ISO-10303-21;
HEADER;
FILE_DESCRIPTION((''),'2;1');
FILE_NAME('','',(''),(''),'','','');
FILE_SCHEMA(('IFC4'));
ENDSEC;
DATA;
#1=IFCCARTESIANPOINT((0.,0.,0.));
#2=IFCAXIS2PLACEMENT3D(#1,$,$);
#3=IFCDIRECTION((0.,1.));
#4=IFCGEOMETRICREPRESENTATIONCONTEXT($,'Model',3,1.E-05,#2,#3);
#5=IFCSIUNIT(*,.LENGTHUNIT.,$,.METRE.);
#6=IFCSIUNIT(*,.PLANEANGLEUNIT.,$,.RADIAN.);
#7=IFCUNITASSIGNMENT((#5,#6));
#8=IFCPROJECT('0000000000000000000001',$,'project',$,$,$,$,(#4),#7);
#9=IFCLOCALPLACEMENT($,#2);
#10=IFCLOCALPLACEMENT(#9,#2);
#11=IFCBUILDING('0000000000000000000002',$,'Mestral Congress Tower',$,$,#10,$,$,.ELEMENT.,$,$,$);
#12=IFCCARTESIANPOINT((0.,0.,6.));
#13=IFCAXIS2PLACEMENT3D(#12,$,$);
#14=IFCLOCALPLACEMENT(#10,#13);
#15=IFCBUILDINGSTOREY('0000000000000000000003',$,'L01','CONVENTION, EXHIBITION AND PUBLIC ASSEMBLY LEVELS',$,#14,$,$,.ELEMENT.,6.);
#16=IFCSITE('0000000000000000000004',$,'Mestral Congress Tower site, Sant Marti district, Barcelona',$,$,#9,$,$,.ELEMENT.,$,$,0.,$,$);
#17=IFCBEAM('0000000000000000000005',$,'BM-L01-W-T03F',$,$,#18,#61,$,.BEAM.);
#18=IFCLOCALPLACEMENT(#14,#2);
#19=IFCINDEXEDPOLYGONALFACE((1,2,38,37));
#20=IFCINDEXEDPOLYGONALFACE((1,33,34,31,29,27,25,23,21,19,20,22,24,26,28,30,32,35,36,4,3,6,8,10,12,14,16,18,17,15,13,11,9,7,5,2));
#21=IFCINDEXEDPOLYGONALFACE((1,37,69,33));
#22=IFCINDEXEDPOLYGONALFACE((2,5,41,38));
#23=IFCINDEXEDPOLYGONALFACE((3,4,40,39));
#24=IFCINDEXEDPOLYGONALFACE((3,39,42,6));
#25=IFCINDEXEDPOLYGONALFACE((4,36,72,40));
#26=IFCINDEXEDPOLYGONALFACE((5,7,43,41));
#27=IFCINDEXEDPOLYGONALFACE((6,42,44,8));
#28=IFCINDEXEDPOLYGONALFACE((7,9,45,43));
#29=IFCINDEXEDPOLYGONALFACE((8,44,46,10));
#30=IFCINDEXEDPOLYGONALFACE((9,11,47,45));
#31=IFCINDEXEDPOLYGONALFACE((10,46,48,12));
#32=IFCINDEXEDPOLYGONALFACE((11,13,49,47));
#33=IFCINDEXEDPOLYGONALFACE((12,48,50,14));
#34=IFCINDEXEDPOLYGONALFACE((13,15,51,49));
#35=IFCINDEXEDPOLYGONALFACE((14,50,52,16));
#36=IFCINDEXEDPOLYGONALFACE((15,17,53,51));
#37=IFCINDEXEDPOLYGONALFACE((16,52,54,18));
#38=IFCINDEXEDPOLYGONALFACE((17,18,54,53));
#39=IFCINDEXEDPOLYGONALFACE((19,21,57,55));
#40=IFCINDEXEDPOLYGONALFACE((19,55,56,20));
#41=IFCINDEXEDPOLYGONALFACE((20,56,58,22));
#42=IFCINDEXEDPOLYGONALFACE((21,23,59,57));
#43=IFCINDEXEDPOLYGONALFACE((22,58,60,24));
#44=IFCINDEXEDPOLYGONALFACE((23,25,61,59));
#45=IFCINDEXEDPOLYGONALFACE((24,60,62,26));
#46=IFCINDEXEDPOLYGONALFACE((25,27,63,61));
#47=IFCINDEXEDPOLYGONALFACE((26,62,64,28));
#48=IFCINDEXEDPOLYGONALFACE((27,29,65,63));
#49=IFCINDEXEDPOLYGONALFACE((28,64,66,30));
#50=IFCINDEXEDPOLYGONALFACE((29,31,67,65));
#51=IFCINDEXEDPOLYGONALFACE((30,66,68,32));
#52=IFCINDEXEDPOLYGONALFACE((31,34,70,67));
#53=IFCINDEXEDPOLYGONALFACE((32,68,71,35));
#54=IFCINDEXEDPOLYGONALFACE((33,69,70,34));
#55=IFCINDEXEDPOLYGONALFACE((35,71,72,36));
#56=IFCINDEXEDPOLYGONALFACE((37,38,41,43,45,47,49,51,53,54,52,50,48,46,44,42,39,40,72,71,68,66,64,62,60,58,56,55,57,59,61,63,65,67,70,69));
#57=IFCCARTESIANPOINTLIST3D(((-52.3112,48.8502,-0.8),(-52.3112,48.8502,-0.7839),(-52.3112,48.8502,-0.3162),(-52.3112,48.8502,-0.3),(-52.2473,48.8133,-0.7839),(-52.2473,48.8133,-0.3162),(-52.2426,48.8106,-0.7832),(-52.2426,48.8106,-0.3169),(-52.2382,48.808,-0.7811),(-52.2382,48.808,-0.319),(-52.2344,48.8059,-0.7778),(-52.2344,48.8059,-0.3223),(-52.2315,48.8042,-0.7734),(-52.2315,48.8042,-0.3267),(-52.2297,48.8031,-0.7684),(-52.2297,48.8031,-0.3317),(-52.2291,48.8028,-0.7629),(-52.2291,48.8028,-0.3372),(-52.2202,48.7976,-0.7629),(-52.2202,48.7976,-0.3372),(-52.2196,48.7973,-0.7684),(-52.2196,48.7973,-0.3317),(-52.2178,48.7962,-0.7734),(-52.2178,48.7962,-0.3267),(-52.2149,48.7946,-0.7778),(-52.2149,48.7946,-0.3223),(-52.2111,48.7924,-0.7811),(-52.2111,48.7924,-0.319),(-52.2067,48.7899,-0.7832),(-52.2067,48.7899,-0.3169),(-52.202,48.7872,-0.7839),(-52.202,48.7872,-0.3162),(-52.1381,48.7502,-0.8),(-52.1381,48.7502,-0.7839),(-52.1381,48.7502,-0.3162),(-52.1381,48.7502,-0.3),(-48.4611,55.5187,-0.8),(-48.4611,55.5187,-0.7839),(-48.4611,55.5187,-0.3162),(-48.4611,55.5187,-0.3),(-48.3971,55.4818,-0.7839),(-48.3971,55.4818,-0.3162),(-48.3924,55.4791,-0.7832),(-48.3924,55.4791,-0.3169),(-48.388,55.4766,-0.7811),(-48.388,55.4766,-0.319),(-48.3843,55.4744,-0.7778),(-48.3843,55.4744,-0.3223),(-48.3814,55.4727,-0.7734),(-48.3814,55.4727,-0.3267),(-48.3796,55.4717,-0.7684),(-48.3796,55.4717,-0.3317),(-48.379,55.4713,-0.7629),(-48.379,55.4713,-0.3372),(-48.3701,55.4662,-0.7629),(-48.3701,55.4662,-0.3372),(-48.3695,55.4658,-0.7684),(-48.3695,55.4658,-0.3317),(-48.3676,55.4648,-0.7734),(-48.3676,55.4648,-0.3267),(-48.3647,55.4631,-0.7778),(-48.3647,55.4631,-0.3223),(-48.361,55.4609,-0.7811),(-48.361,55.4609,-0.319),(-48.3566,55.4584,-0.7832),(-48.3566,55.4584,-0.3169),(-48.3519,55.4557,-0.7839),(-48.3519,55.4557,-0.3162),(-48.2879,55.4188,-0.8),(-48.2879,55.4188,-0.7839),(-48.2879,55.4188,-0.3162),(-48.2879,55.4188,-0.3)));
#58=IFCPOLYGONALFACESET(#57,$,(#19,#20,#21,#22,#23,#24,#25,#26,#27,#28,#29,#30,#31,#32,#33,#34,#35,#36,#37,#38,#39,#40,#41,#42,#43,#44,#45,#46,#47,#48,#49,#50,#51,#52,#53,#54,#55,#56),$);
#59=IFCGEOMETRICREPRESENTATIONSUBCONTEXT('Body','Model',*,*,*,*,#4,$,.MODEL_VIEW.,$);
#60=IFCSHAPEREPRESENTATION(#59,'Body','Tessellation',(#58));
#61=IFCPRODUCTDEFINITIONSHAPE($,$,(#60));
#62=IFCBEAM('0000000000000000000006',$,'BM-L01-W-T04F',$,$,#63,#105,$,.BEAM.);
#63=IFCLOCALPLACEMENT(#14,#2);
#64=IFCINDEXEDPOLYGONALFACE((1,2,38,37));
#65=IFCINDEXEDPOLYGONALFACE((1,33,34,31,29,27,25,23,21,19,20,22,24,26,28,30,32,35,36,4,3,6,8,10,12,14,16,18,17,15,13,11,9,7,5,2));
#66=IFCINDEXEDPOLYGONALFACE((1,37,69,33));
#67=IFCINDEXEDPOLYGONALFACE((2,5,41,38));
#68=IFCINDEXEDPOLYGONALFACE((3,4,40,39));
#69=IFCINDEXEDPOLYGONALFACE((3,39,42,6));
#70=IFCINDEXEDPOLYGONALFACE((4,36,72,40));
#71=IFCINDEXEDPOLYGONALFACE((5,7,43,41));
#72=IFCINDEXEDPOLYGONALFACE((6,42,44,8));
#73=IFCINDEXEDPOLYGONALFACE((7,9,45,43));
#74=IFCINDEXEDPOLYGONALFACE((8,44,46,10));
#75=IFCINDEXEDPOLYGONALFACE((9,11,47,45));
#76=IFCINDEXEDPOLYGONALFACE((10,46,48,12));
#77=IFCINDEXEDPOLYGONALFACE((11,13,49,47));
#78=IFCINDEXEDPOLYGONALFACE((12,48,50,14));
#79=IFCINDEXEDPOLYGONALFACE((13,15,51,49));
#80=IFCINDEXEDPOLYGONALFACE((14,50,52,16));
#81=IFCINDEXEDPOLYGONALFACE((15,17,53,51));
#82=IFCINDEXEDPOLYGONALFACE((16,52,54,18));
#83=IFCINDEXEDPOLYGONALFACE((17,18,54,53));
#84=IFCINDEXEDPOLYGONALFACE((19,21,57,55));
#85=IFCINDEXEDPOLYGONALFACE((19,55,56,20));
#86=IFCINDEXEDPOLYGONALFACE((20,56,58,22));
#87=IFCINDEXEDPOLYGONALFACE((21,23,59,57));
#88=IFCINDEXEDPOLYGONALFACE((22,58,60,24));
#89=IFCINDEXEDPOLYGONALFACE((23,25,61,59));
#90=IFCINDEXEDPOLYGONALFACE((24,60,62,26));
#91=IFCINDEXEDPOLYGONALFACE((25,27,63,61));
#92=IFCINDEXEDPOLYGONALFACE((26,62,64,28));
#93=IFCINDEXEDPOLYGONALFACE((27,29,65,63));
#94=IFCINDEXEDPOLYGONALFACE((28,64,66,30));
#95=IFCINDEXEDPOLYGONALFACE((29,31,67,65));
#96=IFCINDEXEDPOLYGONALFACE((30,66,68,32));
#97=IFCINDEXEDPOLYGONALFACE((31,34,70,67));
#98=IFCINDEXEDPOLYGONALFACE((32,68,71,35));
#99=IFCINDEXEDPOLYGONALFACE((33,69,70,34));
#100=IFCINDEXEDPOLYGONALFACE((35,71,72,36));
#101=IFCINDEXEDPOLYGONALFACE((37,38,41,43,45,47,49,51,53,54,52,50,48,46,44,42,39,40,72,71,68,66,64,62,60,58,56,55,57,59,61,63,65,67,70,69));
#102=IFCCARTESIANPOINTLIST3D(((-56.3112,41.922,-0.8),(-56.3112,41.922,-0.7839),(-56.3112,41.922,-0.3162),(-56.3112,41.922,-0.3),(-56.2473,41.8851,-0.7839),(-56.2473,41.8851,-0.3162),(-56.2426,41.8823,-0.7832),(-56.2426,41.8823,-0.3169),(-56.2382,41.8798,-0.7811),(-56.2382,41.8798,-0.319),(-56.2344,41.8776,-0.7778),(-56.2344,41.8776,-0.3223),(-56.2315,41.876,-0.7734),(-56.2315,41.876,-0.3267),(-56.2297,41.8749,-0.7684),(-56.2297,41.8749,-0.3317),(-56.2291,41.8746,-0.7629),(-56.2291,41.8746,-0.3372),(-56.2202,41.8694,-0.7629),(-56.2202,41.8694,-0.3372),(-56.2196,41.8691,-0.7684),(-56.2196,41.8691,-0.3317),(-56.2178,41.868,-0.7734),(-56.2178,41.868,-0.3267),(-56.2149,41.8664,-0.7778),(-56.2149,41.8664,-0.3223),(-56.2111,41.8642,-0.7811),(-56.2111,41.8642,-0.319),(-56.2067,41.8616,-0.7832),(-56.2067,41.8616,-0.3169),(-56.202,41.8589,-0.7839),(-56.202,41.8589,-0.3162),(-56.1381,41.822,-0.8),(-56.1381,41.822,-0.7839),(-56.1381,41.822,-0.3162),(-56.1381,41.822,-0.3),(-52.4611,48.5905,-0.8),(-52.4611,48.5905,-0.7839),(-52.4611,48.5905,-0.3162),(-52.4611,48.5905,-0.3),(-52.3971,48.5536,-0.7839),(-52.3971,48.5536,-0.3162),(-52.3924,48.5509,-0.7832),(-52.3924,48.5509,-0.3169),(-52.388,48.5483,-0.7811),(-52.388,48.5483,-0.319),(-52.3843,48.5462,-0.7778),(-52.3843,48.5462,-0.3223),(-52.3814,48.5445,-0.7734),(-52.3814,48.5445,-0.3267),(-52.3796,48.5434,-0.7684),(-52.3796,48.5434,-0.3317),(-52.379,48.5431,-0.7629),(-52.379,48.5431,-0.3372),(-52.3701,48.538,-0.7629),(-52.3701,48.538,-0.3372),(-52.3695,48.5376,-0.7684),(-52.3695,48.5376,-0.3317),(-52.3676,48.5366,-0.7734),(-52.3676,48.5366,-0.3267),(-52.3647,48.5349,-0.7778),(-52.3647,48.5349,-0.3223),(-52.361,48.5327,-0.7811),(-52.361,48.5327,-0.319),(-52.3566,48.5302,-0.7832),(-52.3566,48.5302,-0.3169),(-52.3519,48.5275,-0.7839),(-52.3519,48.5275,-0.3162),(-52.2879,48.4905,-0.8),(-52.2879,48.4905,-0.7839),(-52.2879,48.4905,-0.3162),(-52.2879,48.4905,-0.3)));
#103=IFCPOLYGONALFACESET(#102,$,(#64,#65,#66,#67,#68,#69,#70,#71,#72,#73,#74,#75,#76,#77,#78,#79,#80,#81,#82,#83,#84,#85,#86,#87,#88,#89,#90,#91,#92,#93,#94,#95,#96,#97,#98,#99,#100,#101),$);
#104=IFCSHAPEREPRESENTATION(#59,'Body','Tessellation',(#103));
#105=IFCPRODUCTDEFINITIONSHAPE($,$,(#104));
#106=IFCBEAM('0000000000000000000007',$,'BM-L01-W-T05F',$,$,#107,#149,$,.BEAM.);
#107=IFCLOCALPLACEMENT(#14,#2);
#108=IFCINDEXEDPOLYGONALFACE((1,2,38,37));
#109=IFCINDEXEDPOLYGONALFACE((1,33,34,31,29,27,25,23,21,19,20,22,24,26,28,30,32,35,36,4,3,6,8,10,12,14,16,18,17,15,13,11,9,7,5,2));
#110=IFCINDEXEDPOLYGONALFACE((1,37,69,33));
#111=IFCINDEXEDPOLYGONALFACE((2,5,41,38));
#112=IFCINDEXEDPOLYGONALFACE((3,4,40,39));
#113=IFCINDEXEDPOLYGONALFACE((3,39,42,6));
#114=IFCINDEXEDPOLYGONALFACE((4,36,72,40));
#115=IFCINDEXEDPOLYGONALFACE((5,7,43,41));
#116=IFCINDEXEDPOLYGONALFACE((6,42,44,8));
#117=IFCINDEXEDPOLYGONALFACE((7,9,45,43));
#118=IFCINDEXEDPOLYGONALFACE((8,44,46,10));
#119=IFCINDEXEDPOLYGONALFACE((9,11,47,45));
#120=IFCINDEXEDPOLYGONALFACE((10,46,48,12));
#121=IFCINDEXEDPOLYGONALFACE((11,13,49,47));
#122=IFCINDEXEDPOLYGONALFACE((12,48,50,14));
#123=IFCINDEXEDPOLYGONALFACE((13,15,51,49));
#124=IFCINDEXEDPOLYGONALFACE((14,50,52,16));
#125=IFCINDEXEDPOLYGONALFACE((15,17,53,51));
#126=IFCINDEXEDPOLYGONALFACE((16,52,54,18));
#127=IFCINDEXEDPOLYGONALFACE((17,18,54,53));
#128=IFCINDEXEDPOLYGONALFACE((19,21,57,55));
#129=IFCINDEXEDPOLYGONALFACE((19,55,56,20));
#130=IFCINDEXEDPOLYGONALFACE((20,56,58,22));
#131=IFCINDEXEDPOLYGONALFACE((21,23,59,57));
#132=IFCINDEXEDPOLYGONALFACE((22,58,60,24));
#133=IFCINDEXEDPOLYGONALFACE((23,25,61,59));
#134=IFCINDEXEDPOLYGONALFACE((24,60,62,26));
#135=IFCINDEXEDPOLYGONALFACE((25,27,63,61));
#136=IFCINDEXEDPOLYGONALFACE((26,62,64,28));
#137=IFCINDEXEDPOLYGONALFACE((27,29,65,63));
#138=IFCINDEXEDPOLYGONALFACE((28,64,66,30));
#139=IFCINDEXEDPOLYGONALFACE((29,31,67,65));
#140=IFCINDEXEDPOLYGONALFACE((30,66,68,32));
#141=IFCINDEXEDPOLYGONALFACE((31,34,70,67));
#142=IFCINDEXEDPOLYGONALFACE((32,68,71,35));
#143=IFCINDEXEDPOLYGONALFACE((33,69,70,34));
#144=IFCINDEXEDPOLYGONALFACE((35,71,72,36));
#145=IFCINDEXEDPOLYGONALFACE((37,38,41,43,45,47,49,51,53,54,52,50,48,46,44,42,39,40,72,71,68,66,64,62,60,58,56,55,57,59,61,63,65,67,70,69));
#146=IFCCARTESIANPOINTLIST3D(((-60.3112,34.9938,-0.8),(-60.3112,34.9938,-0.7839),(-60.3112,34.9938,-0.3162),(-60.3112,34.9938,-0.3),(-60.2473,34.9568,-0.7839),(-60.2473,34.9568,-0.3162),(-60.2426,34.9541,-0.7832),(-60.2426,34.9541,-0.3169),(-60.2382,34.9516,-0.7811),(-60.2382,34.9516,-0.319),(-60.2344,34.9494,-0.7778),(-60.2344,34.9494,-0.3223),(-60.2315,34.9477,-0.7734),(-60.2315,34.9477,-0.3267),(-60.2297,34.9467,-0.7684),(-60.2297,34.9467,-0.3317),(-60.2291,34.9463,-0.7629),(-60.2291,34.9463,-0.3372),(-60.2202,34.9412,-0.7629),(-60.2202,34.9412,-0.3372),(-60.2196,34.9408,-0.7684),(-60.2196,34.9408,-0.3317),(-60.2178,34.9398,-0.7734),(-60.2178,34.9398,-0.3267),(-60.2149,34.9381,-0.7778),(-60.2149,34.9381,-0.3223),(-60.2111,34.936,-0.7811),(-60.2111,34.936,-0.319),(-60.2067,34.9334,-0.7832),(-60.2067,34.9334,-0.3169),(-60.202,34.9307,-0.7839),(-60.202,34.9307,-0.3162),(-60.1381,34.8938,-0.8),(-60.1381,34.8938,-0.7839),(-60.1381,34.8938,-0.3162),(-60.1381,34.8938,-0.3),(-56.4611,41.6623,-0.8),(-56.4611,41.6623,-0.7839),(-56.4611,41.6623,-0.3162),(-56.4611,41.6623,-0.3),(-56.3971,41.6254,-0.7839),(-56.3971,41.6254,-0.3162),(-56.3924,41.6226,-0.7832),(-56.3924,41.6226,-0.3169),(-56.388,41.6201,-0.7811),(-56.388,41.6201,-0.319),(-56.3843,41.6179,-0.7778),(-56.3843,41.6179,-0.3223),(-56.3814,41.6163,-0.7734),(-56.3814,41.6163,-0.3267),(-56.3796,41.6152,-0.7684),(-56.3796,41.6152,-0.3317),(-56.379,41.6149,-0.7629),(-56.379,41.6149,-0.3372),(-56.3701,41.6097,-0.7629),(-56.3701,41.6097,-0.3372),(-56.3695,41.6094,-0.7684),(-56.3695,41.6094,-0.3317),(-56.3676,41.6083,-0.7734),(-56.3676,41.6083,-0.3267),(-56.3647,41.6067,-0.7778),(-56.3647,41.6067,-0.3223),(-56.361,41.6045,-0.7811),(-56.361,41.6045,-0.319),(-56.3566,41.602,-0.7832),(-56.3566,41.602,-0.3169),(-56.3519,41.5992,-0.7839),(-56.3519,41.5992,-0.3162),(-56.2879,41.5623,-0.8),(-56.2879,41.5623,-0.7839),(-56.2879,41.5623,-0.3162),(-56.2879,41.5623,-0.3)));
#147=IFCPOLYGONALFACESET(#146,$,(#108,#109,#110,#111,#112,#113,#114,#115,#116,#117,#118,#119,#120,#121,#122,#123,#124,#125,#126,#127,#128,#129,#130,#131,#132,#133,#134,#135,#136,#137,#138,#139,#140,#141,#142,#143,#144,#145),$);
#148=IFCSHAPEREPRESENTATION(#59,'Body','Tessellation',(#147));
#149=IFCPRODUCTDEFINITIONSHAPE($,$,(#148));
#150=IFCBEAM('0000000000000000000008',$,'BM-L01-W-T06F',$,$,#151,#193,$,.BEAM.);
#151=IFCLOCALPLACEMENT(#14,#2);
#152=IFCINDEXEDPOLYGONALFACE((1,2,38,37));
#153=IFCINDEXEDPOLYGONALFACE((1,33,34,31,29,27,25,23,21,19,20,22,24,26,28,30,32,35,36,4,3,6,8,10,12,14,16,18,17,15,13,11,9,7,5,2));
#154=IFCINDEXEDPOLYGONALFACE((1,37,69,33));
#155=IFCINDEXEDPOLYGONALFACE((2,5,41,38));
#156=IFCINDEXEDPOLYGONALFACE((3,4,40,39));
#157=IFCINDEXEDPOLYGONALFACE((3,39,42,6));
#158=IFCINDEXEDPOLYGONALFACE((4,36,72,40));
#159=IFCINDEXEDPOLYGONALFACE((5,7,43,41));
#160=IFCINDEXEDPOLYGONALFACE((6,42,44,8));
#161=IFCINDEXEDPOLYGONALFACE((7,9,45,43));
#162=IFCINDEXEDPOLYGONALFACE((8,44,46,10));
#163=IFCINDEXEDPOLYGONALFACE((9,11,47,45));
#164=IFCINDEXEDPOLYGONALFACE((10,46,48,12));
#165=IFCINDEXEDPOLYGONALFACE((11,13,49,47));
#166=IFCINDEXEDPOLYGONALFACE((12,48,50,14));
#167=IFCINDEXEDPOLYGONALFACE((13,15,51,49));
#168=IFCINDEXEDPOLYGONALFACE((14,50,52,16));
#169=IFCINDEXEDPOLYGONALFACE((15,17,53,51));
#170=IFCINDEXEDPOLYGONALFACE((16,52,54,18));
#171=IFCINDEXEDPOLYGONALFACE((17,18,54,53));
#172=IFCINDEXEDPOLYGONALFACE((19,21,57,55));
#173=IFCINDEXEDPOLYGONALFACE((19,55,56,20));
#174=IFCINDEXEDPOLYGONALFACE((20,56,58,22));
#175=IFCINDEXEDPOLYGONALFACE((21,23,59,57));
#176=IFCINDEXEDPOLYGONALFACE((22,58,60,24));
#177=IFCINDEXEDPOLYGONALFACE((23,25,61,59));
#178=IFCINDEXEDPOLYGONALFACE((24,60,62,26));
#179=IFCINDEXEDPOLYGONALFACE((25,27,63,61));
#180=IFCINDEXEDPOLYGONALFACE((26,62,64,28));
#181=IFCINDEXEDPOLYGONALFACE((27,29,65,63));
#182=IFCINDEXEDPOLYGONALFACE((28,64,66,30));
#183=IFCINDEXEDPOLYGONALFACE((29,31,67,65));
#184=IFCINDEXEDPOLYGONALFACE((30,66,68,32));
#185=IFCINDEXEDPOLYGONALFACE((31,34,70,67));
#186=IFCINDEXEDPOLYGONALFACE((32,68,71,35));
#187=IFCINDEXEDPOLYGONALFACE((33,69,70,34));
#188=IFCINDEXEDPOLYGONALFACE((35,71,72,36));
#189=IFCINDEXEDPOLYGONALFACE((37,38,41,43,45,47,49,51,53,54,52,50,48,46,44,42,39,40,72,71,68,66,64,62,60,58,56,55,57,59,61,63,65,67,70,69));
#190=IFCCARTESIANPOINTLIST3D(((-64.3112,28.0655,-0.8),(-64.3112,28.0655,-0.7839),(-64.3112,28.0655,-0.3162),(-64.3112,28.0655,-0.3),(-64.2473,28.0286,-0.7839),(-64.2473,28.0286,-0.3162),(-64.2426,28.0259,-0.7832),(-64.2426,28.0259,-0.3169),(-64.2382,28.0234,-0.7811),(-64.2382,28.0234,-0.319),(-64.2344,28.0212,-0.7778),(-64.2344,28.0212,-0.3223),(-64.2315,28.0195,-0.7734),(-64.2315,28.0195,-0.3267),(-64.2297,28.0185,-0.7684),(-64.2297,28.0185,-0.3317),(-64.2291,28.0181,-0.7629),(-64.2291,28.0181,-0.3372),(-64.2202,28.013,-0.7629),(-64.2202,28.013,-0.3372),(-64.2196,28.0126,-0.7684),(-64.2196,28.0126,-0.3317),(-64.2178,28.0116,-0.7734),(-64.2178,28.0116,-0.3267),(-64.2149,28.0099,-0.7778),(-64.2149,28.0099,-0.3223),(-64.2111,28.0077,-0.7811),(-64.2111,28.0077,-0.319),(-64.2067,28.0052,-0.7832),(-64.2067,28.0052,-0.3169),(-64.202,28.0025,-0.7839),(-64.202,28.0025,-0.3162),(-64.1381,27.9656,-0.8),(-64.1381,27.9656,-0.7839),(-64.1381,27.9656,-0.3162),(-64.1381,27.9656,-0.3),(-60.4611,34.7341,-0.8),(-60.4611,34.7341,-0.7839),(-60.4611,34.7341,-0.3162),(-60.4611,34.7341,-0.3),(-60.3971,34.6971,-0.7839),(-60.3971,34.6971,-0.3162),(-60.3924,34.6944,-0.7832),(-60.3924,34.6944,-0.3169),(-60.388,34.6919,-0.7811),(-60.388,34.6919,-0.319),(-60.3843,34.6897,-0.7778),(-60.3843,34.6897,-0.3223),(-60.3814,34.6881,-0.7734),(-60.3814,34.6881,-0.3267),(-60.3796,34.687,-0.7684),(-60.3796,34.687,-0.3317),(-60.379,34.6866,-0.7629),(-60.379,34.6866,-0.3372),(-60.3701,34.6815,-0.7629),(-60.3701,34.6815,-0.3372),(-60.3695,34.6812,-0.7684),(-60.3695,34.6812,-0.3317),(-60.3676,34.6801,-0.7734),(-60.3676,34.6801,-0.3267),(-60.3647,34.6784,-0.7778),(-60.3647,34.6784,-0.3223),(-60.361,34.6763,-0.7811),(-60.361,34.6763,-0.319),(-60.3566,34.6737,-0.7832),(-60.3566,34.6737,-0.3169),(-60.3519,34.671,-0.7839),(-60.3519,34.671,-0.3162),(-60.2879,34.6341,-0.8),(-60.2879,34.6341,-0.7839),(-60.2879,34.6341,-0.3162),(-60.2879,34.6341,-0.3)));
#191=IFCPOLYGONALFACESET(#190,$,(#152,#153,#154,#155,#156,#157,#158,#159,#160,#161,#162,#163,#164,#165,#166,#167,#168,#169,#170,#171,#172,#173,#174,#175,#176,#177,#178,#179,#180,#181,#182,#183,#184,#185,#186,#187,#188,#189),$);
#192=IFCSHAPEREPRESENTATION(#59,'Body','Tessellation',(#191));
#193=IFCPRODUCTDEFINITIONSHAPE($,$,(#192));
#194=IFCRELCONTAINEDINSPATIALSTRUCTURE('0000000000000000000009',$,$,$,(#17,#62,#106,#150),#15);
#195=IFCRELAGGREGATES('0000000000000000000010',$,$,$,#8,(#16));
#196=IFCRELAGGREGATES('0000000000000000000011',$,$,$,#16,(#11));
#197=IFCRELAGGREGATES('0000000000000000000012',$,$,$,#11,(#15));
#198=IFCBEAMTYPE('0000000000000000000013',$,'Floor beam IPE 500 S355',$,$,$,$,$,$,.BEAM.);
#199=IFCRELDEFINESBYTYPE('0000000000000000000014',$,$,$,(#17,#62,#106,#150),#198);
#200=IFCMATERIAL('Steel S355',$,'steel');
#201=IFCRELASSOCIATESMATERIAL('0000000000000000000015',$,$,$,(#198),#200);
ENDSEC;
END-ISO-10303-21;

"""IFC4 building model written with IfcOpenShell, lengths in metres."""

from ifc_helpers import new_model, si_unit, direction, frame, origin, origin_2d, place, context, subcontext, project, spatial, i_section, extrude, material, material_profile, profile_set, type_object, element, save


model = new_model("IFC4")

# Units and contexts
model_context = context("Model", 3, precision=1e-05, world=origin(), true_north=direction((0.0, 1.0)))
body_context = subcontext(model_context, "Body", "Model", "MODEL_VIEW")
ifc_project = project(units=[si_unit("LENGTHUNIT", "METRE"), si_unit("PLANEANGLEUNIT", "RADIAN")], contexts=[model_context])

# Site, building, storey
site_placement = place(None, origin())
site = spatial("IfcSite", under=ifc_project, at=site_placement, Name="Mestral Congress Tower site, Sant Marti district, Barcelona", CompositionType="ELEMENT", RefElevation=0.0)
building_placement = place(site_placement, origin())
building = spatial("IfcBuilding", under=site, at=building_placement, Name="Mestral Congress Tower", CompositionType="ELEMENT")
storey_placement = place(building_placement, frame((0.0, 0.0, 6.0)))
storey = spatial("IfcBuildingStorey", under=building, at=storey_placement, Name="L01", Description="CONVENTION, EXHIBITION AND PUBLIC ASSEMBLY LEVELS", CompositionType="ELEMENT", Elevation=6.0)

# Beams
ifc_material_1 = material(Name="Steel S355", Category="steel")
ifc_material_profile_1 = material_profile(ifc_material_1, i_section(OverallWidth=0.2, OverallDepth=0.5, WebThickness=0.0103, FlangeThickness=0.0161, FilletRadius=0.021, at=origin_2d()), Name="IPE 500")
ifc_profile_set_1 = profile_set([ifc_material_profile_1], Name="Steel S355")
beam_type_1 = type_object("IfcBeamType", Name="Floor beam IPE 500 S355", PredefinedType="BEAM", material=ifc_profile_set_1)
for number, where, z_axis, x_axis, name in (
    (1, (-48.3745, 55.4688, -0.55), (-0.500006, -0.866022, 0.0), (0.866022, -0.500006, 0.0), "BM-L01-W-T03F"),
    (2, (-52.3745, 48.5405, -0.55), (-0.500006, -0.866022, 0.0), (0.866022, -0.500006, 0.0), "BM-L01-W-T04F"),
    (3, (-56.3745, 41.6123, -0.55), (-0.500006, -0.866022, 0.0), (0.866022, -0.500006, 0.0), "BM-L01-W-T05F"),
    (4, (-60.3745, 34.6841, -0.55), (-0.500006, -0.866022, 0.0), (0.866022, -0.500006, 0.0), "BM-L01-W-T06F"),
):
    element("IfcBeam", number, at=place(storey_placement, frame(where, z_axis=z_axis, x_axis=x_axis)), inside=storey, type_object=beam_type_1, Name=name, PredefinedType="BEAM", context=body_context, shape_type="SweptSolid", body=[
        extrude(i_section(OverallWidth=0.2, OverallDepth=0.5, WebThickness=0.0103, FlangeThickness=0.0161, FilletRadius=0.021, at=origin_2d()), origin(), (0.0, 0.0, 1.0), 7.7002),
    ])

save(model, "model.ifc")
